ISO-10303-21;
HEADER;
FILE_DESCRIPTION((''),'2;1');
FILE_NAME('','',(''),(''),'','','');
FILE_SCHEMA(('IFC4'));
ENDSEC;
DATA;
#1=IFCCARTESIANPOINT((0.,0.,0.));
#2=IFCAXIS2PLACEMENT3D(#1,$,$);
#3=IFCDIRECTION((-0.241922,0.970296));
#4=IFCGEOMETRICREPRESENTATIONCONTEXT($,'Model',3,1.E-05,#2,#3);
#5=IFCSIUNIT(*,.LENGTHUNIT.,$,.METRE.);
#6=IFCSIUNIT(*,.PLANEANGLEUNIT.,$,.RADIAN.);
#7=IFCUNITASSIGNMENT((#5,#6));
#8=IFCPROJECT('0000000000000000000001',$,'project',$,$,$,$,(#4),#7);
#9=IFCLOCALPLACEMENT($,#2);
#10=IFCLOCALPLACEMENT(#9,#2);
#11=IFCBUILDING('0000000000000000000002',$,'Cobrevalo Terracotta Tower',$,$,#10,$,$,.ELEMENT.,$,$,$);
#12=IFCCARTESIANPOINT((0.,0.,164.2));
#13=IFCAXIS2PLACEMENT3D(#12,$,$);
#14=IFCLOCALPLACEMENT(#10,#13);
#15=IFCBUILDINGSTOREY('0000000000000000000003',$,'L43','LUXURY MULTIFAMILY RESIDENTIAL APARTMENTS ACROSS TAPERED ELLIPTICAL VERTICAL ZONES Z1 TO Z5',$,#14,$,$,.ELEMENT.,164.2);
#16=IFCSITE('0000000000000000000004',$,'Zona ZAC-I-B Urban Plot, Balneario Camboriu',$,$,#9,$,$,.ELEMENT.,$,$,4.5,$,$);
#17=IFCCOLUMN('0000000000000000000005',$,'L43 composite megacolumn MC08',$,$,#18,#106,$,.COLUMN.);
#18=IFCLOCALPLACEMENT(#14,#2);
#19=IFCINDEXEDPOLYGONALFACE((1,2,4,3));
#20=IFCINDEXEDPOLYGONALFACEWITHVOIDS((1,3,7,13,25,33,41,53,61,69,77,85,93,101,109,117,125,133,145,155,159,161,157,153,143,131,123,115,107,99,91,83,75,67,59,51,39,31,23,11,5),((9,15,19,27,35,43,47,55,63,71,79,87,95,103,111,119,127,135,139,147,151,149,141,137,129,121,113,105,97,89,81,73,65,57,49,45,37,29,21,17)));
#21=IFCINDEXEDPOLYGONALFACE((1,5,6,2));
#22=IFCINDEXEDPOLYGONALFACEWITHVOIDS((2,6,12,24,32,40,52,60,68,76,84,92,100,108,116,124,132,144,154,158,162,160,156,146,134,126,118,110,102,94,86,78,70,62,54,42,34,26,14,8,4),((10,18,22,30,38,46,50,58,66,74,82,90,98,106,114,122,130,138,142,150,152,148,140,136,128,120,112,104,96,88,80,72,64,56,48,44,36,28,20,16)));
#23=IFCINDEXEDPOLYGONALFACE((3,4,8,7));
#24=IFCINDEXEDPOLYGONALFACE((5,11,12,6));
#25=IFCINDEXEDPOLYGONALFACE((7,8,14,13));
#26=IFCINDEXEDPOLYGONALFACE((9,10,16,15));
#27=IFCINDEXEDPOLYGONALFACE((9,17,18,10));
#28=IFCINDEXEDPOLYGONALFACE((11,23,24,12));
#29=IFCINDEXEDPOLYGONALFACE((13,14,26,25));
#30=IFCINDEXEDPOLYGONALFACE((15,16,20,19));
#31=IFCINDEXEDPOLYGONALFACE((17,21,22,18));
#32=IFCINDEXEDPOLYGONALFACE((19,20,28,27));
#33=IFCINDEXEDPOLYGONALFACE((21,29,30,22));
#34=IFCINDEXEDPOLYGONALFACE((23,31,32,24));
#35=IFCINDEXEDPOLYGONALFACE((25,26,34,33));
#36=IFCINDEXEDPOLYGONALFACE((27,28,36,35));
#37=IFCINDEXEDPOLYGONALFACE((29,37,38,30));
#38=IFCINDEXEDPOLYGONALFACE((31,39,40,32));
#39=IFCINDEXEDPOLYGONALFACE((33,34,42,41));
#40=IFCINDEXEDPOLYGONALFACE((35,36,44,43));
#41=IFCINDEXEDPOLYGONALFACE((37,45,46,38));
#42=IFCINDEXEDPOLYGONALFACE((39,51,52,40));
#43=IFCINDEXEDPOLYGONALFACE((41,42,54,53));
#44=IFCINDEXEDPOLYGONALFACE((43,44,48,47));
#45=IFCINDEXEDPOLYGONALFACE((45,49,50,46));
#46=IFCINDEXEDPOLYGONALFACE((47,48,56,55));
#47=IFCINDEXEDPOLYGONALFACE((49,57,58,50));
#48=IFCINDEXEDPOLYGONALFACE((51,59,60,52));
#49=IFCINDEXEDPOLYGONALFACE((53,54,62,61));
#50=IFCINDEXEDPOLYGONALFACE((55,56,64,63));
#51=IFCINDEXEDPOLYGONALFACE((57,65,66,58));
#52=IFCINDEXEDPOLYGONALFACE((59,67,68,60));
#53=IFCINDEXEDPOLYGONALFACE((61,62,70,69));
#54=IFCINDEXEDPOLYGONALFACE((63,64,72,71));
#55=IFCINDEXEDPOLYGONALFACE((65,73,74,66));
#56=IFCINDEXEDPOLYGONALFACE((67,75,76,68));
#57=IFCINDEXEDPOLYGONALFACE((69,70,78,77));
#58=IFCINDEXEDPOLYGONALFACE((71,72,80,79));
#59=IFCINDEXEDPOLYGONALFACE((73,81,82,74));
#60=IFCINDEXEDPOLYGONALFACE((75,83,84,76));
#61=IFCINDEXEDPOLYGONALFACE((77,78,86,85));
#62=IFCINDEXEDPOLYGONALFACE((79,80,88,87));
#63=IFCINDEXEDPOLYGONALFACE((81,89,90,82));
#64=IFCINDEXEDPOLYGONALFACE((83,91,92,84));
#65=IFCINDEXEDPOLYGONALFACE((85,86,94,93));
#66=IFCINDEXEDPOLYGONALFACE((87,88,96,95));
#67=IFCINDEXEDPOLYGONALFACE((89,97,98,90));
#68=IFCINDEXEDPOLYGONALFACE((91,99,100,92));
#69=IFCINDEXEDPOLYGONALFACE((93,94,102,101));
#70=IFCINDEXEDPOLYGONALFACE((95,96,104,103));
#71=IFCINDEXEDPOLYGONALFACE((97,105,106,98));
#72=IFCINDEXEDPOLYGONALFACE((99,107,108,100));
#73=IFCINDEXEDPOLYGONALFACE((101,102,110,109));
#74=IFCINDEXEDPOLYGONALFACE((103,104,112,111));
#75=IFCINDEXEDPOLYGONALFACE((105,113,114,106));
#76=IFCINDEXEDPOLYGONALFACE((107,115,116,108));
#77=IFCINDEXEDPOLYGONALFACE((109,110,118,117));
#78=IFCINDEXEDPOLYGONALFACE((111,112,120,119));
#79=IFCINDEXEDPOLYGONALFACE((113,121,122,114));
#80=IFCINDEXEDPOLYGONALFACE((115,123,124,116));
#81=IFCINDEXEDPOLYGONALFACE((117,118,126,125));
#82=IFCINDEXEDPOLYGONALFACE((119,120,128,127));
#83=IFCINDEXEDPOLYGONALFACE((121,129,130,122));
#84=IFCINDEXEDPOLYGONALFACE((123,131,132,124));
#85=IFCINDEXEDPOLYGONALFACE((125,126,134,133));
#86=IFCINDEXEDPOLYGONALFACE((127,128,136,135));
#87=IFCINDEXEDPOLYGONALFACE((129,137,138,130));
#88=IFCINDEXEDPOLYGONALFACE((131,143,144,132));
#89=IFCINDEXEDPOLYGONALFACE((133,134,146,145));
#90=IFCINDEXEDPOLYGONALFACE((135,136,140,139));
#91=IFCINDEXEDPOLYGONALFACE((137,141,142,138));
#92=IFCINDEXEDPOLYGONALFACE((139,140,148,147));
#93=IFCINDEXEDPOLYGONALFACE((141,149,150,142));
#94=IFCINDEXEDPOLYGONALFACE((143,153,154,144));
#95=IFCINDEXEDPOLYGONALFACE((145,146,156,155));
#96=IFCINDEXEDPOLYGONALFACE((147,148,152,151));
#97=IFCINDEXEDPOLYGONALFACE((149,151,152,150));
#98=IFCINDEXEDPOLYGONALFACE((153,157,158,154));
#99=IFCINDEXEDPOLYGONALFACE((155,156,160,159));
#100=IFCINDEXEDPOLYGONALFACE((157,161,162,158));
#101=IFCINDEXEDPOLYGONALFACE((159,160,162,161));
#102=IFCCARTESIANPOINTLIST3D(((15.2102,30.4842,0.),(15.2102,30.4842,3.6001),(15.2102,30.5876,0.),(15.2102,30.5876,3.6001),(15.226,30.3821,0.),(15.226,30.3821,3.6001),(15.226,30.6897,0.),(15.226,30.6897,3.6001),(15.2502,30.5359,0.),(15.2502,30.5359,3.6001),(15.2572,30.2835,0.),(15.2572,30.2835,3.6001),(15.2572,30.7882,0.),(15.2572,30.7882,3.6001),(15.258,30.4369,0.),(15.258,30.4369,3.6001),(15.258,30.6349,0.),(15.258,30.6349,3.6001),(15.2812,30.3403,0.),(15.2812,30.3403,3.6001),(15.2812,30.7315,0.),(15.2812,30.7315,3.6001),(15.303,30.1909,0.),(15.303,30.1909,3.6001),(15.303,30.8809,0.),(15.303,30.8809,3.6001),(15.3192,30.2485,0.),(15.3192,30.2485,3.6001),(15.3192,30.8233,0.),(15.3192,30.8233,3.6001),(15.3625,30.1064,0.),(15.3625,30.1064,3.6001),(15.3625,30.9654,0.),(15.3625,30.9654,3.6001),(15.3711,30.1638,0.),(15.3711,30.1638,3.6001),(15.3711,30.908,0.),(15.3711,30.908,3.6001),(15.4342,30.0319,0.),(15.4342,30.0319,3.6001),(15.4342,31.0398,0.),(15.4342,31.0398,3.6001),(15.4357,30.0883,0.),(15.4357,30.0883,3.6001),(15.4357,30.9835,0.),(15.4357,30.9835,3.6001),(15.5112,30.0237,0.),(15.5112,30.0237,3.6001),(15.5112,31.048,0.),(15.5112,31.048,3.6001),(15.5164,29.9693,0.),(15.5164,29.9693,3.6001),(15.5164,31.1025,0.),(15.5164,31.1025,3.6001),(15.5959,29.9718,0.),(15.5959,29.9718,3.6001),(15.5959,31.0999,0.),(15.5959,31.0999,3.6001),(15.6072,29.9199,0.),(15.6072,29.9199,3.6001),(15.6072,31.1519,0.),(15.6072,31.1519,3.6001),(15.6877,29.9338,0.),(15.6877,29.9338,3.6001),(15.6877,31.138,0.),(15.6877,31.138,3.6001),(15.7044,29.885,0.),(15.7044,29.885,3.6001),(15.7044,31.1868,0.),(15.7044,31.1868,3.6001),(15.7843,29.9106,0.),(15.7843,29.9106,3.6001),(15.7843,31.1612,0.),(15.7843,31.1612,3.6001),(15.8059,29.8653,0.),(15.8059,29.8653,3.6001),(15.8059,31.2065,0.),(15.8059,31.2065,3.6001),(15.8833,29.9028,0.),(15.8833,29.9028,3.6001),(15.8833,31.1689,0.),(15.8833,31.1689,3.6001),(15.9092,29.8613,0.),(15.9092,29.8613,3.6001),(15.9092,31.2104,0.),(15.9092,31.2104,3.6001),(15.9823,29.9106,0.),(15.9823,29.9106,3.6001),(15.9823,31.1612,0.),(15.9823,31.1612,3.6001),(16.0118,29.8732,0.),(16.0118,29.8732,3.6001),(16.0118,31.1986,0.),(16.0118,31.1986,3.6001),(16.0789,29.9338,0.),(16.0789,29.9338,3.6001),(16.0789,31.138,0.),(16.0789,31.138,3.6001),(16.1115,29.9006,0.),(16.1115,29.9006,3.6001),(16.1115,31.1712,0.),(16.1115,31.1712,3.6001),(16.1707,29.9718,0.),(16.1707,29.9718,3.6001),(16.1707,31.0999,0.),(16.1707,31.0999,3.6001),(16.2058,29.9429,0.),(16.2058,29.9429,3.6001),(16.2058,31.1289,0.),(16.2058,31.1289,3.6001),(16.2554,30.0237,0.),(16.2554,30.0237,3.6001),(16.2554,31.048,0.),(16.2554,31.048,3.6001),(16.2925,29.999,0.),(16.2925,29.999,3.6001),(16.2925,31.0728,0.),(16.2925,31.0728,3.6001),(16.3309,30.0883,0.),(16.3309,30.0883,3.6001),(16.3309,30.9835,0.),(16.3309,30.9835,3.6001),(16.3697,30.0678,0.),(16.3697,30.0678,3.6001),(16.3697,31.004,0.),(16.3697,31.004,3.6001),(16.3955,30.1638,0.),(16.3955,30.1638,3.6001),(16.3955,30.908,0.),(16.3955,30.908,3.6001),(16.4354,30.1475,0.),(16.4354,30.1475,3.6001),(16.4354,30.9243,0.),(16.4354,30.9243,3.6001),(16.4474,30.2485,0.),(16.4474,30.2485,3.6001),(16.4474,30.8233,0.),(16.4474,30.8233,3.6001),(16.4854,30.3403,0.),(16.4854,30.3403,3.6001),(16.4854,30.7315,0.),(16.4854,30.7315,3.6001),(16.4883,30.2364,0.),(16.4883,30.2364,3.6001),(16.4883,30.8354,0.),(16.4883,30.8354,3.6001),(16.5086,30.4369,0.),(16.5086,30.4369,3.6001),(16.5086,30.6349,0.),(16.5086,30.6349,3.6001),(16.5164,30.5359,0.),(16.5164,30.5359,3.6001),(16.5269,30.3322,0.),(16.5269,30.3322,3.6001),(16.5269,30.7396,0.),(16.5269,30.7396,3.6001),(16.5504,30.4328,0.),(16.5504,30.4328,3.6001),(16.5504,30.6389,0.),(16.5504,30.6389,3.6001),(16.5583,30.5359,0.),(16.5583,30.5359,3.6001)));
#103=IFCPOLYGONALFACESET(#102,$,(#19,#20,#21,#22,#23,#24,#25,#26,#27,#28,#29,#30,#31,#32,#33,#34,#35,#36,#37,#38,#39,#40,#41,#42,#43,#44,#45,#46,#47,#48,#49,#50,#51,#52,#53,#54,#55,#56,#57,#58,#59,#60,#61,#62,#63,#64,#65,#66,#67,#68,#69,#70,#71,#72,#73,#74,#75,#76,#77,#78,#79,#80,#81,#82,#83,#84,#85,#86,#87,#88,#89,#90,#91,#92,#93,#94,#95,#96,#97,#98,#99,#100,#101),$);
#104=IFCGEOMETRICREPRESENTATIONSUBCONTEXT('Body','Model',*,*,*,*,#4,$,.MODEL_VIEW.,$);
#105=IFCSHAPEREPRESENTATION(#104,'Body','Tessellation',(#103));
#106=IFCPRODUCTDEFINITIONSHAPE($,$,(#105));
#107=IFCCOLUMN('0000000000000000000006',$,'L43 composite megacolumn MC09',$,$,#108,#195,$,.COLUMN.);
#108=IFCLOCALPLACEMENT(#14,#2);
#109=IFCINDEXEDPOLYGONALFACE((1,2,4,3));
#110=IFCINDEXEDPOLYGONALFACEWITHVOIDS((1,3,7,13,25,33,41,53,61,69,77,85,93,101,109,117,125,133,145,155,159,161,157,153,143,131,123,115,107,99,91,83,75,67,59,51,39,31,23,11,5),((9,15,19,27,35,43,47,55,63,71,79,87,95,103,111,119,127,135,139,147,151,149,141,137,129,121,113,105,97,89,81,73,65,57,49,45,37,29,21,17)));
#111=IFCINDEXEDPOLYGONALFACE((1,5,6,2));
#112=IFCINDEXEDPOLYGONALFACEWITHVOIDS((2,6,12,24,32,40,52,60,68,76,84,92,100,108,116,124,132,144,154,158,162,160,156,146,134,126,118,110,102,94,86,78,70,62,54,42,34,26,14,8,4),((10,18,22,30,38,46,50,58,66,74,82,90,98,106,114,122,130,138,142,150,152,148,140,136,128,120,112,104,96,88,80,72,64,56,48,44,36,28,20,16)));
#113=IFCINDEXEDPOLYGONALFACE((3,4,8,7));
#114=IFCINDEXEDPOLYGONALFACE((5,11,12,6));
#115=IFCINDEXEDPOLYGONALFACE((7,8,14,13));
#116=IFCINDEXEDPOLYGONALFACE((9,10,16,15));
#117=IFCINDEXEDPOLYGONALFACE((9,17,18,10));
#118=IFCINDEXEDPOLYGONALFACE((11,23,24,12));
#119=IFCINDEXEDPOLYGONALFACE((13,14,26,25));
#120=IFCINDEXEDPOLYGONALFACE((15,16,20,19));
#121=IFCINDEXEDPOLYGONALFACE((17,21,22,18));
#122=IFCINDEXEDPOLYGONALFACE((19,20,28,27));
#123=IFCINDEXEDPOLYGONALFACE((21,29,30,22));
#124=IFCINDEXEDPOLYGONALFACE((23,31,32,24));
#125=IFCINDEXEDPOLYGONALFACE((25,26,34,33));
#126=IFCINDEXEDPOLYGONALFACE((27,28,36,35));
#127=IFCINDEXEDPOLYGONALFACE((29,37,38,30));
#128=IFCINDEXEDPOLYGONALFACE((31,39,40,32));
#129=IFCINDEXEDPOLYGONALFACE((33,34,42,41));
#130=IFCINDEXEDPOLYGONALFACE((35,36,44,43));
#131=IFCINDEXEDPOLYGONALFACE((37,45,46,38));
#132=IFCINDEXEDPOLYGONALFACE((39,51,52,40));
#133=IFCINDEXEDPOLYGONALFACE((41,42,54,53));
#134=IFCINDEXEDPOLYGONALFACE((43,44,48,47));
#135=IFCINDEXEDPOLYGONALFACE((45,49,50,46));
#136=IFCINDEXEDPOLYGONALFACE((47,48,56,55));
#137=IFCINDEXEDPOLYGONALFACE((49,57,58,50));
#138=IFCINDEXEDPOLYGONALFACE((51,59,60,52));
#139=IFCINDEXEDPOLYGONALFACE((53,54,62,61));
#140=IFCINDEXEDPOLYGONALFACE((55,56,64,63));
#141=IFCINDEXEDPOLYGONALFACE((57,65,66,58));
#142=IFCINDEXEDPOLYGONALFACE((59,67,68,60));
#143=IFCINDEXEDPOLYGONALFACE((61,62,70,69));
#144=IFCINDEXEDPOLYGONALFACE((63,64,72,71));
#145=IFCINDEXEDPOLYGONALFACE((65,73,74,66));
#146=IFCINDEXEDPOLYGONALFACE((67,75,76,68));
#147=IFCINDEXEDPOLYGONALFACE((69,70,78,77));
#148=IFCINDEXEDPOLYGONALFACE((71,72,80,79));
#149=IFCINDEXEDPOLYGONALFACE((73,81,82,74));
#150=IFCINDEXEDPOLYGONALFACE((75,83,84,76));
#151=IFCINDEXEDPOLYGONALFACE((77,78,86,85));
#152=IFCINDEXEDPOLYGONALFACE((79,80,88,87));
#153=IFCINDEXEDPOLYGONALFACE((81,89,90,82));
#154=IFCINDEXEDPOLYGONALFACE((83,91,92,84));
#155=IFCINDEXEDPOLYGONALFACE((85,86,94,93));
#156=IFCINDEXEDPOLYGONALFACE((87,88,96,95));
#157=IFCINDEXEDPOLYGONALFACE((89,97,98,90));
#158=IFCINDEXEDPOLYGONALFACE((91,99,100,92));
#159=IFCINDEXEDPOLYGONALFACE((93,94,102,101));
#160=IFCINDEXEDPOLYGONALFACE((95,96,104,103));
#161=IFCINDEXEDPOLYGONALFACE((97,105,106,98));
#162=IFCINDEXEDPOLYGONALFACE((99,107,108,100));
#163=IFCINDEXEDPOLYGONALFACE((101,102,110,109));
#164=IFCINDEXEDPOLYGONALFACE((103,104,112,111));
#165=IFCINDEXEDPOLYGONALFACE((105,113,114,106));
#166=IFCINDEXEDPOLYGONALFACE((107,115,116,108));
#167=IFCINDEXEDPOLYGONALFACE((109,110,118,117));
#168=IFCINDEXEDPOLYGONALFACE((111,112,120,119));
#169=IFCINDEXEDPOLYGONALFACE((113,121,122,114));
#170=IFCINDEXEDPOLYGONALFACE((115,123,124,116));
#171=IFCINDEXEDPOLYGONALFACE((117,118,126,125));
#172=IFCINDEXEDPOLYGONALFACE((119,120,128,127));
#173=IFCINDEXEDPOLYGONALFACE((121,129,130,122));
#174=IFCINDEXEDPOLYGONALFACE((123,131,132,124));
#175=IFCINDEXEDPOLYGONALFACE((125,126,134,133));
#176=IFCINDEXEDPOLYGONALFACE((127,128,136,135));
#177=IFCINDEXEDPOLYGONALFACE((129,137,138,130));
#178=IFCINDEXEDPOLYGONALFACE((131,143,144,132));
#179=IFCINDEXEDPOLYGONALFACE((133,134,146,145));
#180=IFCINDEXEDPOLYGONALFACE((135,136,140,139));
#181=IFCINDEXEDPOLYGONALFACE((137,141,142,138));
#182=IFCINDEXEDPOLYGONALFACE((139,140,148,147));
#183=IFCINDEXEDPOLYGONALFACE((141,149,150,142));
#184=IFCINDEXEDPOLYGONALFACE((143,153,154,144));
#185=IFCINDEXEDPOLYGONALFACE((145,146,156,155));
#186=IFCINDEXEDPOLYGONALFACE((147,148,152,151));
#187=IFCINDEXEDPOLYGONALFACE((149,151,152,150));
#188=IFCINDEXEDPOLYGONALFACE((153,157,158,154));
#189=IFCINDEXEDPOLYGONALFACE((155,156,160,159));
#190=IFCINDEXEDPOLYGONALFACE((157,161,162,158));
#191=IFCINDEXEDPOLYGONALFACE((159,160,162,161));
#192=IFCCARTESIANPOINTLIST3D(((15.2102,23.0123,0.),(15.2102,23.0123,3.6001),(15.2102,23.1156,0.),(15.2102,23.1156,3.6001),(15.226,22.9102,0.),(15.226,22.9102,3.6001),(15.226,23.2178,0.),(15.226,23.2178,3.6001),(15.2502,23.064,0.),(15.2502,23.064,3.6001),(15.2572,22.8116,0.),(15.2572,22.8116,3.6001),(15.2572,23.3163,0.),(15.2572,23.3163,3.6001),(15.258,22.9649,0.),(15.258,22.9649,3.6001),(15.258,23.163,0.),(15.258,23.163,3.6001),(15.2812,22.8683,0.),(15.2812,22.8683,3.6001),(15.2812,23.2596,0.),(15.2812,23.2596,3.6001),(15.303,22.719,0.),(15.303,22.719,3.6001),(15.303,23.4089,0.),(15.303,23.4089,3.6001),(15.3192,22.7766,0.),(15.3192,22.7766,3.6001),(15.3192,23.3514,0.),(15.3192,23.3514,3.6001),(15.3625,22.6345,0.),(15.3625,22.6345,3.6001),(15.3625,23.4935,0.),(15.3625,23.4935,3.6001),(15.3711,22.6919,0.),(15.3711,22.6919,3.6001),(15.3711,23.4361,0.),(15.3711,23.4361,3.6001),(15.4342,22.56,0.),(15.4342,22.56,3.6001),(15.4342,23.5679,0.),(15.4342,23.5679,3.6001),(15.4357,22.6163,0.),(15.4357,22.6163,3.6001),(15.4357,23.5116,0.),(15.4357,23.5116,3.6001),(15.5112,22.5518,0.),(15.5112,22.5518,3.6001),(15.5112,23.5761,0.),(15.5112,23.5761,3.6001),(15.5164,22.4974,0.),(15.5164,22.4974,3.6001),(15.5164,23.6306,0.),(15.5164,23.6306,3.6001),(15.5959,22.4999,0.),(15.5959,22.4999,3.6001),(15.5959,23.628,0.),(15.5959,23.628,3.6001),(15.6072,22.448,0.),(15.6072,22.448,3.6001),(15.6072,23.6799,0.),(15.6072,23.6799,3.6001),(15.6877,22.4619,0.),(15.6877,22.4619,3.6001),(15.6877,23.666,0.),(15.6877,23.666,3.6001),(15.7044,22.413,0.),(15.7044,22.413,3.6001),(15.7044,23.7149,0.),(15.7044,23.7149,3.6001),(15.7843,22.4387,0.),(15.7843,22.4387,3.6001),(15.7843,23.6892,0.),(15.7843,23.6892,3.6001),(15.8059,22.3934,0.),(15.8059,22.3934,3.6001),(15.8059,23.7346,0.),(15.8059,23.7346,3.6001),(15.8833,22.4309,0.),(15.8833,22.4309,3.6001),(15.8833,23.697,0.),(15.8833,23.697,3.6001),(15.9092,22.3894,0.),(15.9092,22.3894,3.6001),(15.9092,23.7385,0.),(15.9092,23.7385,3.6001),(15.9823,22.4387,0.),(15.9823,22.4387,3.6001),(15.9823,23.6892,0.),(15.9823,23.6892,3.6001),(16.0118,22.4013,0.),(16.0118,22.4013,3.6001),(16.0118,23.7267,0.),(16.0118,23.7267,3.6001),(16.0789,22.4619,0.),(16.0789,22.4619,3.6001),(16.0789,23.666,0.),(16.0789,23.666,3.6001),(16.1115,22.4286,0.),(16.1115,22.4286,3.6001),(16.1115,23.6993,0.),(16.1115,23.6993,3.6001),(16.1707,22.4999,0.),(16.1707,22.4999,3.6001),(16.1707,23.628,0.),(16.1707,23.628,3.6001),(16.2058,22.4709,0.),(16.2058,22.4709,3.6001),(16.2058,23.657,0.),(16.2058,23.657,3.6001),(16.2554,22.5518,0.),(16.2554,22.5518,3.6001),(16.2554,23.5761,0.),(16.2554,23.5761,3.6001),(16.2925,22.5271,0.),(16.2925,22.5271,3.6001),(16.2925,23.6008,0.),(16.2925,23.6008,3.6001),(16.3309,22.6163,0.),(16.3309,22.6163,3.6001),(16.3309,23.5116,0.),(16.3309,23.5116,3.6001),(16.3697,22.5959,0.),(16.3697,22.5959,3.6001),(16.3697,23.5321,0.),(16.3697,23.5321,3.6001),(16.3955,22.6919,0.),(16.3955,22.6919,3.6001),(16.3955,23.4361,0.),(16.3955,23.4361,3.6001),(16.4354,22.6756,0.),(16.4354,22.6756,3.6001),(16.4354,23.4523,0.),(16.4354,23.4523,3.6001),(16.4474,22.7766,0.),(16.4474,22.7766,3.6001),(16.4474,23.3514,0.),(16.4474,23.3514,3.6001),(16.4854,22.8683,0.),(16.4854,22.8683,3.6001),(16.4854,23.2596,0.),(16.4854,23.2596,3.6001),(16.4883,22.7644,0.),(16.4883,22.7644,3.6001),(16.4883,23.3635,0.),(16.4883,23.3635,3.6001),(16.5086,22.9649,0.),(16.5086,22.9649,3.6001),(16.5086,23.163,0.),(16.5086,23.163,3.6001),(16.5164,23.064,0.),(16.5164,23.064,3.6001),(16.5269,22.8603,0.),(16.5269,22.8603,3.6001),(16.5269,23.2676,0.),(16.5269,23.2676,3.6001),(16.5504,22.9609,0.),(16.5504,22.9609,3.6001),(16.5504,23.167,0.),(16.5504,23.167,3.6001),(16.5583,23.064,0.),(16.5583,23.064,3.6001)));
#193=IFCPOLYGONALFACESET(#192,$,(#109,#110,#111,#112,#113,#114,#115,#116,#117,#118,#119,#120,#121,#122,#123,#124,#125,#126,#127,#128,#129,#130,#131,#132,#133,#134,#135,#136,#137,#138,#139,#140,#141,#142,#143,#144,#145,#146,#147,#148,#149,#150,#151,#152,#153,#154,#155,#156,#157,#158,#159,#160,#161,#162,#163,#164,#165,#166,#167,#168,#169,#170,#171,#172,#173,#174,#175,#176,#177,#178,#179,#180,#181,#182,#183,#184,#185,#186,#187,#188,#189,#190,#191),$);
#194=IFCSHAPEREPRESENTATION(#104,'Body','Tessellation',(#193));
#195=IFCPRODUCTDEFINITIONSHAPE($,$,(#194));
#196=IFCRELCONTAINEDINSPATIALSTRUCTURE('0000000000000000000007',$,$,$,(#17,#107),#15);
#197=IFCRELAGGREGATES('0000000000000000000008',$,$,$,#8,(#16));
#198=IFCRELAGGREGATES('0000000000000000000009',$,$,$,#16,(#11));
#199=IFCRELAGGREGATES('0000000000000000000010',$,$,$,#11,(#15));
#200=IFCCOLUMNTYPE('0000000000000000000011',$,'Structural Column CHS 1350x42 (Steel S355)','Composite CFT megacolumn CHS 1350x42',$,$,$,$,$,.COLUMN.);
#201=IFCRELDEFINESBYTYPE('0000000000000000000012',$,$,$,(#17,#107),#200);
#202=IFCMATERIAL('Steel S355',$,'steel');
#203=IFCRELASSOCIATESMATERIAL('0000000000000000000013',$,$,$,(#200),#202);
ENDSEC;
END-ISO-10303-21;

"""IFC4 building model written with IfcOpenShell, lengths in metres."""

from ifc_helpers import new_model, si_unit, direction, frame, origin, origin_2d, place, context, subcontext, project, spatial, hollow_circle, extrude, material, material_profile, profile_set, type_object, element, save


model = new_model("IFC4")

# Units and contexts
model_context = context("Model", 3, precision=1e-05, world=origin(), true_north=direction((-0.241922, 0.970296)))
body_context = subcontext(model_context, "Body", "Model", "MODEL_VIEW")
ifc_project = project(units=[si_unit("LENGTHUNIT", "METRE"), si_unit("PLANEANGLEUNIT", "RADIAN")], contexts=[model_context])

# Site, building, storey
site_placement = place(None, origin())
site = spatial("IfcSite", under=ifc_project, at=site_placement, Name="Zona ZAC-I-B Urban Plot, Balneario Camboriu", CompositionType="ELEMENT", RefElevation=4.5)
building_placement = place(site_placement, origin())
building = spatial("IfcBuilding", under=site, at=building_placement, Name="Cobrevalo Terracotta Tower", CompositionType="ELEMENT")
storey_placement = place(building_placement, frame((0.0, 0.0, 164.2)))
storey = spatial("IfcBuildingStorey", under=building, at=storey_placement, Name="L43", Description="LUXURY MULTIFAMILY RESIDENTIAL APARTMENTS ACROSS TAPERED ELLIPTICAL VERTICAL ZONES Z1 TO Z5", CompositionType="ELEMENT", Elevation=164.2)

# Columns
ifc_material_1 = material(Name="Steel S355", Category="steel")
ifc_material_profile_1 = material_profile(ifc_material_1, hollow_circle(Radius=0.675, WallThickness=0.042, at=origin_2d()), Name="CHS 1350x42")
ifc_profile_set_1 = profile_set([ifc_material_profile_1], Name="Steel S355")
column_type = type_object("IfcColumnType", Name="Structural Column CHS 1350x42 (Steel S355)", Description="Composite CFT megacolumn CHS 1350x42", PredefinedType="COLUMN", material=ifc_profile_set_1)
for number, where, z_axis, x_axis, name in (
    (1, (15.8833, 30.5359, 0.0), (0.0, 0.0, 1.0), (1.0, 0.0, 0.0), "L43 composite megacolumn MC08"),
    (2, (15.8833, 23.064, 0.0), (0.0, 0.0, 1.0), (1.0, 0.0, 0.0), "L43 composite megacolumn MC09"),
):
    element("IfcColumn", number, at=place(storey_placement, frame(where, z_axis=z_axis, x_axis=x_axis)), inside=storey, type_object=column_type, Name=name, PredefinedType="COLUMN", context=body_context, shape_type="SweptSolid", body=[
        extrude(hollow_circle(Radius=0.675, WallThickness=0.042, at=origin_2d()), origin(), (0.0, 0.0, 1.0), 3.6001),
    ])

save(model, "model.ifc")
